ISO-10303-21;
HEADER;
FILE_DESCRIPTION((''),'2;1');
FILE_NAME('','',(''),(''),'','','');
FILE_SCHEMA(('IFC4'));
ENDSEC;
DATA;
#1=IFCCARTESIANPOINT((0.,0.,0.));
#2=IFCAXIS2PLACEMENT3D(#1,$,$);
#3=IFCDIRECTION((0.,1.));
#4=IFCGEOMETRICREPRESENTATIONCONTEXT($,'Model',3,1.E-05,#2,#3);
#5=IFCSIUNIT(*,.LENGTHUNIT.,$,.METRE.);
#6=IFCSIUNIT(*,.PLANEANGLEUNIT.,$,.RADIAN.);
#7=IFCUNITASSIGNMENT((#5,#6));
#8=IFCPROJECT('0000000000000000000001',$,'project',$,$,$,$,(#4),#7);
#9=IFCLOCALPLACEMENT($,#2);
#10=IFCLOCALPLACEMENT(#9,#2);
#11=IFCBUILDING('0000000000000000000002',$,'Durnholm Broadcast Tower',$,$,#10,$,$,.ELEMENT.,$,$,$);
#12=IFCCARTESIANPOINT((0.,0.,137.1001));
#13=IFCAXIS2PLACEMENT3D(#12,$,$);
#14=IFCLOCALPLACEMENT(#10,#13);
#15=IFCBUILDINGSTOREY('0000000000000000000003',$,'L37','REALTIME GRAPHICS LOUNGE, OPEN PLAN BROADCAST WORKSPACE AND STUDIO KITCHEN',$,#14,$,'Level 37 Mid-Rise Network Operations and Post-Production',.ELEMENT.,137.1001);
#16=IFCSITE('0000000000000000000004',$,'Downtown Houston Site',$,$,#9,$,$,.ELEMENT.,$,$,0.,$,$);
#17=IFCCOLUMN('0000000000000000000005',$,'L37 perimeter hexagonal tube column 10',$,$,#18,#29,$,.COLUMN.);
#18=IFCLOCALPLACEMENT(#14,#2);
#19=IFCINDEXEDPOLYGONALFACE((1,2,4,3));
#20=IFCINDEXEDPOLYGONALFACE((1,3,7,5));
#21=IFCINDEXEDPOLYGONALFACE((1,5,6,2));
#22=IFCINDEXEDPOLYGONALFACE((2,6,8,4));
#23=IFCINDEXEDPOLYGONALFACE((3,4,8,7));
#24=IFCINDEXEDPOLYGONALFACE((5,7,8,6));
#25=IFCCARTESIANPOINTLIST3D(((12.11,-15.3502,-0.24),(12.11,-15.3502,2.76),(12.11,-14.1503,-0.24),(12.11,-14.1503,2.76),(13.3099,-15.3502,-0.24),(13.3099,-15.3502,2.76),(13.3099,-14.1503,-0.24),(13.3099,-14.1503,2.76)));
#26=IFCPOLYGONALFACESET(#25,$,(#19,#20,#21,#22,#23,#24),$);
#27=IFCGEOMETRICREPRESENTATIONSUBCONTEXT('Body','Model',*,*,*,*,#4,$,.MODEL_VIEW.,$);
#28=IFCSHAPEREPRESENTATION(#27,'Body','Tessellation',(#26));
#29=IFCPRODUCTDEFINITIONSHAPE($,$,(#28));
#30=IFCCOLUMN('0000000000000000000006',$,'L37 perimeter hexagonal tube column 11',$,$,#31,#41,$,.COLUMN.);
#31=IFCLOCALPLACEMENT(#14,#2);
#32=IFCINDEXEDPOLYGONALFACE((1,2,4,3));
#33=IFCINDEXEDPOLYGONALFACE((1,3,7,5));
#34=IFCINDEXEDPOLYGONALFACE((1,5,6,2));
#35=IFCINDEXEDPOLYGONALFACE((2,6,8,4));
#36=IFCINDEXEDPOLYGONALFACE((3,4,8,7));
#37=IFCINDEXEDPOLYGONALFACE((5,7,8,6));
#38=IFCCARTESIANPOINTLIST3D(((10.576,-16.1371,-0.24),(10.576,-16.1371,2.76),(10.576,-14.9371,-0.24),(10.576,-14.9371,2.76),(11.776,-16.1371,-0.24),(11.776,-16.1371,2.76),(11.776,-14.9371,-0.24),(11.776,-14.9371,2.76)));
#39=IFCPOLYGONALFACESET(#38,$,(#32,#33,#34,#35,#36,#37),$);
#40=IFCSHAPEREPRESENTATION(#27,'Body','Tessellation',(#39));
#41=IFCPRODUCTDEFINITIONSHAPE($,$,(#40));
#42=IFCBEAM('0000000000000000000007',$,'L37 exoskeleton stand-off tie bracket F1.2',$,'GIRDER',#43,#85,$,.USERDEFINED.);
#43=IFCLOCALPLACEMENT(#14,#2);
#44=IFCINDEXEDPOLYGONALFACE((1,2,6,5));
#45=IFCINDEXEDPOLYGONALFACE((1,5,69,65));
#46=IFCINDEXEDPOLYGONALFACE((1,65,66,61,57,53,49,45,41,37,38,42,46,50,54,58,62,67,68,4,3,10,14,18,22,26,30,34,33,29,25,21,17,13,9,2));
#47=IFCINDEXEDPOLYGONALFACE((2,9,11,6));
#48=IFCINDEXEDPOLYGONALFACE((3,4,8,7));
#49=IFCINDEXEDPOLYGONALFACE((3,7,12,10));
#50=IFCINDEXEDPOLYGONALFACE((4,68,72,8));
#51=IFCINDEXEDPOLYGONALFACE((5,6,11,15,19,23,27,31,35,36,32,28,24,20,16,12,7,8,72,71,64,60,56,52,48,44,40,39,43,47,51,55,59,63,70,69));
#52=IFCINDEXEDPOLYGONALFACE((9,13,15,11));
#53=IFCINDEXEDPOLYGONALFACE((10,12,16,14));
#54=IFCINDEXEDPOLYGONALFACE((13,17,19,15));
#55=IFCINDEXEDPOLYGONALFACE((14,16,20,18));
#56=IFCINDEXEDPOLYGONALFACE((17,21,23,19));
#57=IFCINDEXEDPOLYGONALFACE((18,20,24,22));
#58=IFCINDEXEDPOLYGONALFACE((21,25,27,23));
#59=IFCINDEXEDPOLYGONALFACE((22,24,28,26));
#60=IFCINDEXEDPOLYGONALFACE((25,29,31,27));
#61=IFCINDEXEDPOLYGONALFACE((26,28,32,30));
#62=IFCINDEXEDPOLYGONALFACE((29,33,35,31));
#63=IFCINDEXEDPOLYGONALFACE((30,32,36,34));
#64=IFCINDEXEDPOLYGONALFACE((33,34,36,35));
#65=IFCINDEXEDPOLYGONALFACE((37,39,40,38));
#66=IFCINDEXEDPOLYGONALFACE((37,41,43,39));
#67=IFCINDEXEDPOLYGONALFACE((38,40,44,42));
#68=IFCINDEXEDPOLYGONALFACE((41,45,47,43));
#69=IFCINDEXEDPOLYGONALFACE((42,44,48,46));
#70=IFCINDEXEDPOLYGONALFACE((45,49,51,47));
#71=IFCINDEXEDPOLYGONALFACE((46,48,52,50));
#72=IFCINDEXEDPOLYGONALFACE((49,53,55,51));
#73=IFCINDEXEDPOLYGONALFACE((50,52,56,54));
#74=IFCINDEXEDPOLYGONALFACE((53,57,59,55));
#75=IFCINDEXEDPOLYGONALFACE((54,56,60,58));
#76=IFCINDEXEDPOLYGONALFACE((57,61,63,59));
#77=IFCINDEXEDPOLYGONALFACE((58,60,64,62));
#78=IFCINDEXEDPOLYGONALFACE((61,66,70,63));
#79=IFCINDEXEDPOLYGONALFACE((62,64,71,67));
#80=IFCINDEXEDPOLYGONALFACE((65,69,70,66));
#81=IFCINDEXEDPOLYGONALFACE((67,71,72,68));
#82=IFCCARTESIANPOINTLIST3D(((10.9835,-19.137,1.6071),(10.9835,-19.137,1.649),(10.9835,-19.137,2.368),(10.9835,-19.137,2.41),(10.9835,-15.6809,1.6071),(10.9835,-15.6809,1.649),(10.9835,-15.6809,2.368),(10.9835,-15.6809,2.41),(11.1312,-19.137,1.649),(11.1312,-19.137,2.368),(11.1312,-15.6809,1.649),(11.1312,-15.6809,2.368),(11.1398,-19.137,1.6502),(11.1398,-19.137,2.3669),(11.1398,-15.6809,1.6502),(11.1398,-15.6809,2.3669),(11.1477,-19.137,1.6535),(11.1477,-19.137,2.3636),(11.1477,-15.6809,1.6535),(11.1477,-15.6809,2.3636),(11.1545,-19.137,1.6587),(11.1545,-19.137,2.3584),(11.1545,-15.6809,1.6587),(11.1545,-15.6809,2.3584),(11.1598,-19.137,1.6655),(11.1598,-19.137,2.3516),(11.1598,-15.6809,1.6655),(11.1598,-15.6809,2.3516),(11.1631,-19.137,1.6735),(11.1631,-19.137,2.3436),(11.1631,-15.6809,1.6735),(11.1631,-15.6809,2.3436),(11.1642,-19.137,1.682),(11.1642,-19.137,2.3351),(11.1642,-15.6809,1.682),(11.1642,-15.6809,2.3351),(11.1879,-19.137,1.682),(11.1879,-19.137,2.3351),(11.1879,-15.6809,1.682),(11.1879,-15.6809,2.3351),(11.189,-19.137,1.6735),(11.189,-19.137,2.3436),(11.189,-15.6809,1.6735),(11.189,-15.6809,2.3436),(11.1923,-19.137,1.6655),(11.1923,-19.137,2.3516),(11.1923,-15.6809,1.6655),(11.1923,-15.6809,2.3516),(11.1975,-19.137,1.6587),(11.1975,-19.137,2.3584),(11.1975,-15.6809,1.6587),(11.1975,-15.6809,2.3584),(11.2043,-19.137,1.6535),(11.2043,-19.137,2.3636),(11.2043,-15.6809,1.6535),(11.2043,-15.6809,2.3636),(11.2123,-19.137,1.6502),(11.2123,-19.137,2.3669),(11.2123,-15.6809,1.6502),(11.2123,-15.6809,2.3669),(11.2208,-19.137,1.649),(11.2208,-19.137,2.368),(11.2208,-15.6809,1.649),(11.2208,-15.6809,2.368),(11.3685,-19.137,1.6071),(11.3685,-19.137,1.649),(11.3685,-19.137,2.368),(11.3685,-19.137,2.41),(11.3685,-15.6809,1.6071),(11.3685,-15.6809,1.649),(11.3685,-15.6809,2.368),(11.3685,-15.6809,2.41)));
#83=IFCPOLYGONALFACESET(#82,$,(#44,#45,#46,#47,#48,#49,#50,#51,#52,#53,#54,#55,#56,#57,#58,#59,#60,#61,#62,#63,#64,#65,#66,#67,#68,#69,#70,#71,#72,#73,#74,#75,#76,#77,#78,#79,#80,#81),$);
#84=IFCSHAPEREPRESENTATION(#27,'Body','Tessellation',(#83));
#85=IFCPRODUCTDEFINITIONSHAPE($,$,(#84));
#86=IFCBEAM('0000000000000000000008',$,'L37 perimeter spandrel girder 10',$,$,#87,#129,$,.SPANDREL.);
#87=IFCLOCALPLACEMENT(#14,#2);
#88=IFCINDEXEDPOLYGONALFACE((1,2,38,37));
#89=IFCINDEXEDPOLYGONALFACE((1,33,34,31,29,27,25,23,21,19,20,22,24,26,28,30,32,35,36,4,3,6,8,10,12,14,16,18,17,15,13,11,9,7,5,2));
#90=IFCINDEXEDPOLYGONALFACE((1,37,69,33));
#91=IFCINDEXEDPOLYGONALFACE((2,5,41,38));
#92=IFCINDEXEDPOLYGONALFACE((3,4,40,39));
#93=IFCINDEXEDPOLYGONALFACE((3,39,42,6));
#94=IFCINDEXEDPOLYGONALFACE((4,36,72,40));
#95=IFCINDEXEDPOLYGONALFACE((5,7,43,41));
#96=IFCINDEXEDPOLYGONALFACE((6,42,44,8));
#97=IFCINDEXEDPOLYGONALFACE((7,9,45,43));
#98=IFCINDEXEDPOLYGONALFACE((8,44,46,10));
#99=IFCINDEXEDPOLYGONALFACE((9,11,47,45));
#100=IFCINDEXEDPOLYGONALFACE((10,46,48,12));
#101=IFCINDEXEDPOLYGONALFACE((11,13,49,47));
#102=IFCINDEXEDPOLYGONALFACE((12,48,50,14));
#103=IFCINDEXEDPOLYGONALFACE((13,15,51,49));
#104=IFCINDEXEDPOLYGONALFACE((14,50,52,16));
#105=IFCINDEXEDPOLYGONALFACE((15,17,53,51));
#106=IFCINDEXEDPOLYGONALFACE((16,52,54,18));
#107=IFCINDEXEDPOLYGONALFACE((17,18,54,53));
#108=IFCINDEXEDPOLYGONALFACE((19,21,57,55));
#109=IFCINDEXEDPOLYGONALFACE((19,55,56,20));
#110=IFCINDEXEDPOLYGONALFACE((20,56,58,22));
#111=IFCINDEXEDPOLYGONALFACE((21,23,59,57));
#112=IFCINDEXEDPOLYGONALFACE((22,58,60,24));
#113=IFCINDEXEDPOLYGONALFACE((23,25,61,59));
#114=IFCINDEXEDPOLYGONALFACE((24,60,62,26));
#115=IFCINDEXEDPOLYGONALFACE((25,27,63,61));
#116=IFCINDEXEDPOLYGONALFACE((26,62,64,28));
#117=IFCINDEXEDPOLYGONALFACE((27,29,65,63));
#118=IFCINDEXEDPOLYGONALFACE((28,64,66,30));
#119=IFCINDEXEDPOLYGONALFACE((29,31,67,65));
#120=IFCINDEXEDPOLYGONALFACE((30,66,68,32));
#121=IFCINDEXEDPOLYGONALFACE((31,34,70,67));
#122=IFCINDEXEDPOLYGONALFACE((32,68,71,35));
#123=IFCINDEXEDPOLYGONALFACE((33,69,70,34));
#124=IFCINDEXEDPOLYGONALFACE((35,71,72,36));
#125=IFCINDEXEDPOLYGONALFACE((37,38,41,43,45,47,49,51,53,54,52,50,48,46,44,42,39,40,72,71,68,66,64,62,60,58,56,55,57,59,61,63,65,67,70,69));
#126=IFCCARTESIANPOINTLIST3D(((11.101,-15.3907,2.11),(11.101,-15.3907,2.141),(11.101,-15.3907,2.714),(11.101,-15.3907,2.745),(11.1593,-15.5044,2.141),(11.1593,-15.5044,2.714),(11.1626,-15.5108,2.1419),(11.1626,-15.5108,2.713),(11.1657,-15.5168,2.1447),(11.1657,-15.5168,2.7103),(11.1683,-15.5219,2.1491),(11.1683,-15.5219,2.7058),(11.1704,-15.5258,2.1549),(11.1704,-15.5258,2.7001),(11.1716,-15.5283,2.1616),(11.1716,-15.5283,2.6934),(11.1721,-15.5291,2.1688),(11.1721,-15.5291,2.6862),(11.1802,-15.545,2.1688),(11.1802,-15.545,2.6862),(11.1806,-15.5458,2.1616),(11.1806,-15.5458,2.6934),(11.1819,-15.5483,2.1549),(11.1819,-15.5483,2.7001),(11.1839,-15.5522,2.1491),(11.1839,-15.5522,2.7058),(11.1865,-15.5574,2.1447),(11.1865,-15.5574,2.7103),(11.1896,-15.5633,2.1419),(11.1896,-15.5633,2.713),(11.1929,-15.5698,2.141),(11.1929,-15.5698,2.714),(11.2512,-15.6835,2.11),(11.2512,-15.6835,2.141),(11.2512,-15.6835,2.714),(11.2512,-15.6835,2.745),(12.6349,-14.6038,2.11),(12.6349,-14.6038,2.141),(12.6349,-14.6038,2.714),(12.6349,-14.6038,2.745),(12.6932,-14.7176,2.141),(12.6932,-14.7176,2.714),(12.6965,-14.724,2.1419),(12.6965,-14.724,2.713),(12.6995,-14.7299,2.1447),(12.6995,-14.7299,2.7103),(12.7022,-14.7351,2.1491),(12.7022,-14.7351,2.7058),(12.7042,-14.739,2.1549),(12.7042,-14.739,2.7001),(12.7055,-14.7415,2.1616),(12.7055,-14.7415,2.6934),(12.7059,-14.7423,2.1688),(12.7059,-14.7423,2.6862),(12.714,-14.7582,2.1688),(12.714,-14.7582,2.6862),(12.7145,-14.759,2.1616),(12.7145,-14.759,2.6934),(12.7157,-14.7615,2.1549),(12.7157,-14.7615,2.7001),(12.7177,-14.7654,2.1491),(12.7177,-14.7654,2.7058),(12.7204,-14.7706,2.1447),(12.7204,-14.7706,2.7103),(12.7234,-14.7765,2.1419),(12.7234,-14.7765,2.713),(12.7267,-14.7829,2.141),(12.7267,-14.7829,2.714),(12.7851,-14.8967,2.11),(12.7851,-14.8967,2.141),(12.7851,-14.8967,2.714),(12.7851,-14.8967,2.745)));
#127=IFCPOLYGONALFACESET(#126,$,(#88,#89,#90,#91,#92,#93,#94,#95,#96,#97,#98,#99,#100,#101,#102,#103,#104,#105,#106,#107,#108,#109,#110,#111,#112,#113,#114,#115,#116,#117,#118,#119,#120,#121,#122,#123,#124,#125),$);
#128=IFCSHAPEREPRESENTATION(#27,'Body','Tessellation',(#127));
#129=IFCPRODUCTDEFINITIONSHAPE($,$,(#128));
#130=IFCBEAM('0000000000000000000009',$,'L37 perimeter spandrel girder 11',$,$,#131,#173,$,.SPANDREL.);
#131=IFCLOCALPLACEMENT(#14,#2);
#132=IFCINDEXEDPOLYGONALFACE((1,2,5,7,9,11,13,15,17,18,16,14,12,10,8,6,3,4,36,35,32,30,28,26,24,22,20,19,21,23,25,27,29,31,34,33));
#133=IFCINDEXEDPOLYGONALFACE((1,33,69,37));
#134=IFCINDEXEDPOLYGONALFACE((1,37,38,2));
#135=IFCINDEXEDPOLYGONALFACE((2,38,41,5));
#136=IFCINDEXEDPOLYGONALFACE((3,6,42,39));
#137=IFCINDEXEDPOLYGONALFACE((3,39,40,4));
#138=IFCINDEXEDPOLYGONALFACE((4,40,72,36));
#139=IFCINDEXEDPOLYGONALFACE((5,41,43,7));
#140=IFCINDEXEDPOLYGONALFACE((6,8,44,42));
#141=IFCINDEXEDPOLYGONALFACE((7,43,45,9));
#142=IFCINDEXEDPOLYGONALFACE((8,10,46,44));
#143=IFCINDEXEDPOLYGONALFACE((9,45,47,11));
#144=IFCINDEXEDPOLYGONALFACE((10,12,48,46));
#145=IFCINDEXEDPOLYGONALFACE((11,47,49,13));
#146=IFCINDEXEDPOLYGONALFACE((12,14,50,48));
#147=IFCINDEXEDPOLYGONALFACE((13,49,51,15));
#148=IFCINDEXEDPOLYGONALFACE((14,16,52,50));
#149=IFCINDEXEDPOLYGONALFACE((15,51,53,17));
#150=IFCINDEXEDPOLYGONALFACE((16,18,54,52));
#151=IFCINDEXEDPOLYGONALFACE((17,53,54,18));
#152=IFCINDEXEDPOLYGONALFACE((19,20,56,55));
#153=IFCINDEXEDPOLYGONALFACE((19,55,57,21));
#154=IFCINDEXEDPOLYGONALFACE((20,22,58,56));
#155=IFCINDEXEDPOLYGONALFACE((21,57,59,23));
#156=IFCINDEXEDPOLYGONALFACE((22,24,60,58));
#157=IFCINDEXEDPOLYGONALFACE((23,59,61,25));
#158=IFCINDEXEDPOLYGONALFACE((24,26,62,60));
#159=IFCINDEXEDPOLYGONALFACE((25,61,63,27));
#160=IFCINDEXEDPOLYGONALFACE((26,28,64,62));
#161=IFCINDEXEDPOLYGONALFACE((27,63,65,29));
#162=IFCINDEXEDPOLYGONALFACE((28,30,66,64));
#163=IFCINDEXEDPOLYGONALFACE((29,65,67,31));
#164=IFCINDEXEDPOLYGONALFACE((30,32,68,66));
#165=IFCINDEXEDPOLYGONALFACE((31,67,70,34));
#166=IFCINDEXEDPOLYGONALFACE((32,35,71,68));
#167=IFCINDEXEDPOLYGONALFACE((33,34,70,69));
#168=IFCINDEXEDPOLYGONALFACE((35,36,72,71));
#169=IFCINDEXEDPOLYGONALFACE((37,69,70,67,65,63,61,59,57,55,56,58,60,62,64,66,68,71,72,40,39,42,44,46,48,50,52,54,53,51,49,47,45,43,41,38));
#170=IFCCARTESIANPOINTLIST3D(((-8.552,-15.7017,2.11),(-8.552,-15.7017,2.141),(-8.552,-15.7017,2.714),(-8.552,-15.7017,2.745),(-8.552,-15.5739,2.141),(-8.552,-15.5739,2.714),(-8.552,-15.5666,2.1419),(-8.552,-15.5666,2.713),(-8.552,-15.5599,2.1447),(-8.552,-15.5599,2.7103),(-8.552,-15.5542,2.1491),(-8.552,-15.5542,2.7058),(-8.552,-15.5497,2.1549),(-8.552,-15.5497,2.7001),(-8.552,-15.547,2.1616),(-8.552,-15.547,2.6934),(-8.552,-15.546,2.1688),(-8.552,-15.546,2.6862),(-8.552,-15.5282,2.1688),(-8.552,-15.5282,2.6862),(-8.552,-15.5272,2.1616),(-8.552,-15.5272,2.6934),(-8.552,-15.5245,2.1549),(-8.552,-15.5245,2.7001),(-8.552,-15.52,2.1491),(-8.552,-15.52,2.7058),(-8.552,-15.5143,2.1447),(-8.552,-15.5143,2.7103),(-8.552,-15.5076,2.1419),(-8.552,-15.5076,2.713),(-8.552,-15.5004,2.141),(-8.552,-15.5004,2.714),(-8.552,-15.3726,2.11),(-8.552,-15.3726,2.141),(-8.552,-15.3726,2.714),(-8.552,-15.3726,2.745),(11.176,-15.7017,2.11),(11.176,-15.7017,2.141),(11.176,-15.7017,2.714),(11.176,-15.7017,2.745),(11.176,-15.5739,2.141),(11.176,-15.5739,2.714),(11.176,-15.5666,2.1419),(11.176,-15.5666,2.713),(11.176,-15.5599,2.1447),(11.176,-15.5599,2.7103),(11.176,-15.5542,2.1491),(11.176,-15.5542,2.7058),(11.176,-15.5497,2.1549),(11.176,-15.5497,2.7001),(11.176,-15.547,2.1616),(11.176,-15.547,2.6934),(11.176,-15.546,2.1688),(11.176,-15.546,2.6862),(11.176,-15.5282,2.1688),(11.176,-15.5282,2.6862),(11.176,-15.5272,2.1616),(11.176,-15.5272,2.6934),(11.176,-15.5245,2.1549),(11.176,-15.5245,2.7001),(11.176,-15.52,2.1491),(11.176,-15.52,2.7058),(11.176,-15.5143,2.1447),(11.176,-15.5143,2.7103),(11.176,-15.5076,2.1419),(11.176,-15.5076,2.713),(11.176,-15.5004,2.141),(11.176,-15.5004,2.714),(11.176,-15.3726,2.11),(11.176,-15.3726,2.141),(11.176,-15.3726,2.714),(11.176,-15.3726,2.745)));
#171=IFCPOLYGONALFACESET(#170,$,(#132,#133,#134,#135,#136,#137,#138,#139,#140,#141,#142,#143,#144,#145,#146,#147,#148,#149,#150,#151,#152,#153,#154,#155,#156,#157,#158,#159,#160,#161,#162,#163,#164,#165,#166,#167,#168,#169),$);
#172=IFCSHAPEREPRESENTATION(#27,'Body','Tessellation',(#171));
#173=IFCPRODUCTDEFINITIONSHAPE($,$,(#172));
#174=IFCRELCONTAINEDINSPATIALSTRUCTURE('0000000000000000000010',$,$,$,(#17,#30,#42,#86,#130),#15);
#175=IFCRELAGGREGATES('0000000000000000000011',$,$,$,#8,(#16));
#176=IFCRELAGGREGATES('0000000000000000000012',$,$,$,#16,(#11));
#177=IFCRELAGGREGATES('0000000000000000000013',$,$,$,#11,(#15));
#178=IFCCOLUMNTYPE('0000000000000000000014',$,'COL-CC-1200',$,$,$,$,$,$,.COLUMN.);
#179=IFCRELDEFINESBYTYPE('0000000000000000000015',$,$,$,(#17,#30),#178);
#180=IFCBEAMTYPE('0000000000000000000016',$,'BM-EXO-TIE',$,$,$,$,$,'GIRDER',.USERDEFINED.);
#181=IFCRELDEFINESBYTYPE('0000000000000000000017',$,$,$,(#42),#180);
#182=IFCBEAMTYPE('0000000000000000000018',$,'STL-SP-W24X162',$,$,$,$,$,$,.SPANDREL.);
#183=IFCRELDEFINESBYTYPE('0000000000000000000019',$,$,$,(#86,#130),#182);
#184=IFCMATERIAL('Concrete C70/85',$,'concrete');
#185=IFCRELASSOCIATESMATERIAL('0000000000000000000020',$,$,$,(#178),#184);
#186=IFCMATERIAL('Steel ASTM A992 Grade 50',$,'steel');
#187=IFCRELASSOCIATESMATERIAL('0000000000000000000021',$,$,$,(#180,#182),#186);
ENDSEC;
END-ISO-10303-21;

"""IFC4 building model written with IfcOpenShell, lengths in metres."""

from ifc_helpers import new_model, si_unit, direction, frame, origin, origin_2d, place, context, subcontext, project, spatial, rectangle, i_section, extrude, source, transform, mapped, material, material_profile, profile_set, type_object, type_shapes, element, save


model = new_model("IFC4")

# Units and contexts
model_context = context("Model", 3, precision=1e-05, world=origin(), true_north=direction((0.0, 1.0)))
body_context = subcontext(model_context, "Body", "Model", "MODEL_VIEW")
ifc_project = project(units=[si_unit("LENGTHUNIT", "METRE"), si_unit("PLANEANGLEUNIT", "RADIAN")], contexts=[model_context])

# Site, building, storey
site_placement = place(None, origin())
site = spatial("IfcSite", under=ifc_project, at=site_placement, Name="Downtown Houston Site", CompositionType="ELEMENT", RefElevation=0.0)
building_placement = place(site_placement, origin())
building = spatial("IfcBuilding", under=site, at=building_placement, Name="Durnholm Broadcast Tower", CompositionType="ELEMENT")
storey_placement = place(building_placement, frame((0.0, 0.0, 137.1001)))
storey = spatial("IfcBuildingStorey", under=building, at=storey_placement, Name="L37", Description="REALTIME GRAPHICS LOUNGE, OPEN PLAN BROADCAST WORKSPACE AND STUDIO KITCHEN", LongName="Level 37 Mid-Rise Network Operations and Post-Production", CompositionType="ELEMENT", Elevation=137.1001)

# Columns
ifc_material_1 = material(Name="Concrete C70/85", Category="concrete")
ifc_material_profile_1 = material_profile(ifc_material_1, rectangle(XDim=1.2, YDim=1.2, at=origin_2d()), Name="RC1200X1200")
ifc_profile_set_1 = profile_set([ifc_material_profile_1], Name="Concrete C70/85")
column_type = type_object("IfcColumnType", Name="COL-CC-1200", PredefinedType="COLUMN", material=ifc_profile_set_1)
shared_shape_1 = source(origin(), body_context, "Body", "SweptSolid", [
    extrude(rectangle(XDim=1.2, YDim=1.2, at=origin_2d()), origin(), (0.0, 0.0, 1.0), 3.0),
])
type_shapes(column_type, [shared_shape_1])
for number, where, z_axis, x_axis, name in (
    (1, (12.71, -14.7502, -0.24), (0.0, 0.0, 1.0), (1.0, 0.0, 0.0), "L37 perimeter hexagonal tube column 10"),
    (2, (11.176, -15.5371, -0.24), (0.0, 0.0, 1.0), (1.0, 0.0, 0.0), "L37 perimeter hexagonal tube column 11"),
):
    element("IfcColumn", number, at=place(storey_placement, frame(where, z_axis=z_axis, x_axis=x_axis)), inside=storey, type_object=column_type, Name=name, PredefinedType="COLUMN", context=body_context, shape_type="MappedRepresentation", body=[
        mapped(shared_shape_1, transform((0.0, 0.0, 0.0), x_axis=(1.0, 0.0, 0.0), y_axis=(0.0, 1.0, 0.0), z_axis=(0.0, 0.0, 1.0), scale=1.0)),
    ])

# Beams
ifc_material_2 = material(Name="Steel ASTM A992 Grade 50", Category="steel")
ifc_material_profile_2 = material_profile(ifc_material_2, i_section(OverallWidth=0.385, OverallDepth=0.803, WebThickness=0.0237, FlangeThickness=0.042, FilletRadius=0.033, at=origin_2d()), Name="W30X261")
ifc_profile_set_2 = profile_set([ifc_material_profile_2], Name="Steel ASTM A992 Grade 50")
beam_type_1 = type_object("IfcBeamType", Name="BM-EXO-TIE", ElementType="GIRDER", PredefinedType="USERDEFINED", material=ifc_profile_set_2)
shared_shape_2 = source(origin(), body_context, "Body", "SweptSolid", [
    extrude(i_section(OverallWidth=0.385, OverallDepth=0.803, WebThickness=0.0237, FlangeThickness=0.042, FilletRadius=0.033, at=origin_2d()), origin(), (0.0, 0.0, 1.0), 3.4561),
])
type_shapes(beam_type_1, [shared_shape_2])
beam_1_placement = place(storey_placement, frame((11.176, -15.6809, 2.0085), z_axis=(0.0, -1.0, 0.0), x_axis=(1.0, 0.0, 0.0)))
element("IfcBeam", 3, at=beam_1_placement, inside=storey, type_object=beam_type_1, Name="L37 exoskeleton stand-off tie bracket F1.2", ObjectType="GIRDER", PredefinedType="USERDEFINED", context=body_context, shape_type="MappedRepresentation", body=[
    mapped(shared_shape_2, transform((0.0, 0.0, 0.0), x_axis=(1.0, 0.0, 0.0), y_axis=(0.0, 1.0, 0.0), z_axis=(0.0, 0.0, 1.0), scale=1.0)),
])
ifc_material_profile_3 = material_profile(ifc_material_2, i_section(OverallWidth=0.3291, OverallDepth=0.635, WebThickness=0.0178, FlangeThickness=0.031, FilletRadius=0.0278, at=origin_2d()), Name="W24X162")
ifc_profile_set_3 = profile_set([ifc_material_profile_3], Name="Steel ASTM A992 Grade 50")
beam_type_2 = type_object("IfcBeamType", Name="STL-SP-W24X162", PredefinedType="SPANDREL", material=ifc_profile_set_3)
shared_shape_3 = source(origin(), body_context, "Body", "SweptSolid", [
    extrude(i_section(OverallWidth=0.3291, OverallDepth=0.635, WebThickness=0.0178, FlangeThickness=0.031, FilletRadius=0.0278, at=origin_2d()), origin(), (0.0, 0.0, 1.0), 1.7239),
])
beam_2_placement = place(storey_placement, frame((12.71, -14.7502, 2.4275), z_axis=(-0.889763, -0.456423, 0.0), x_axis=(0.456423, -0.889763, 0.0)))
element("IfcBeam", 4, at=beam_2_placement, inside=storey, type_object=beam_type_2, Name="L37 perimeter spandrel girder 10", PredefinedType="SPANDREL", context=body_context, shape_type="MappedRepresentation", body=[
    mapped(shared_shape_3, transform((0.0, 0.0, 0.0), x_axis=(1.0, 0.0, 0.0), y_axis=(0.0, 1.0, 0.0), z_axis=(0.0, 0.0, 1.0), scale=1.0)),
])
shared_shape_4 = source(origin(), body_context, "Body", "SweptSolid", [
    extrude(i_section(OverallWidth=0.3291, OverallDepth=0.635, WebThickness=0.0178, FlangeThickness=0.031, FilletRadius=0.0278, at=origin_2d()), origin(), (0.0, 0.0, 1.0), 19.728),
])
type_shapes(beam_type_2, [shared_shape_3, shared_shape_4])
beam_3_placement = place(storey_placement, frame((11.176, -15.5371, 2.4275), z_axis=(-1.0, 0.0, 0.0), x_axis=(0.0, -1.0, 0.0)))
element("IfcBeam", 5, at=beam_3_placement, inside=storey, type_object=beam_type_2, Name="L37 perimeter spandrel girder 11", PredefinedType="SPANDREL", context=body_context, shape_type="MappedRepresentation", body=[
    mapped(shared_shape_4, transform((0.0, 0.0, 0.0), x_axis=(1.0, 0.0, 0.0), y_axis=(0.0, 1.0, 0.0), z_axis=(0.0, 0.0, 1.0), scale=1.0)),
])

save(model, "model.ifc")
